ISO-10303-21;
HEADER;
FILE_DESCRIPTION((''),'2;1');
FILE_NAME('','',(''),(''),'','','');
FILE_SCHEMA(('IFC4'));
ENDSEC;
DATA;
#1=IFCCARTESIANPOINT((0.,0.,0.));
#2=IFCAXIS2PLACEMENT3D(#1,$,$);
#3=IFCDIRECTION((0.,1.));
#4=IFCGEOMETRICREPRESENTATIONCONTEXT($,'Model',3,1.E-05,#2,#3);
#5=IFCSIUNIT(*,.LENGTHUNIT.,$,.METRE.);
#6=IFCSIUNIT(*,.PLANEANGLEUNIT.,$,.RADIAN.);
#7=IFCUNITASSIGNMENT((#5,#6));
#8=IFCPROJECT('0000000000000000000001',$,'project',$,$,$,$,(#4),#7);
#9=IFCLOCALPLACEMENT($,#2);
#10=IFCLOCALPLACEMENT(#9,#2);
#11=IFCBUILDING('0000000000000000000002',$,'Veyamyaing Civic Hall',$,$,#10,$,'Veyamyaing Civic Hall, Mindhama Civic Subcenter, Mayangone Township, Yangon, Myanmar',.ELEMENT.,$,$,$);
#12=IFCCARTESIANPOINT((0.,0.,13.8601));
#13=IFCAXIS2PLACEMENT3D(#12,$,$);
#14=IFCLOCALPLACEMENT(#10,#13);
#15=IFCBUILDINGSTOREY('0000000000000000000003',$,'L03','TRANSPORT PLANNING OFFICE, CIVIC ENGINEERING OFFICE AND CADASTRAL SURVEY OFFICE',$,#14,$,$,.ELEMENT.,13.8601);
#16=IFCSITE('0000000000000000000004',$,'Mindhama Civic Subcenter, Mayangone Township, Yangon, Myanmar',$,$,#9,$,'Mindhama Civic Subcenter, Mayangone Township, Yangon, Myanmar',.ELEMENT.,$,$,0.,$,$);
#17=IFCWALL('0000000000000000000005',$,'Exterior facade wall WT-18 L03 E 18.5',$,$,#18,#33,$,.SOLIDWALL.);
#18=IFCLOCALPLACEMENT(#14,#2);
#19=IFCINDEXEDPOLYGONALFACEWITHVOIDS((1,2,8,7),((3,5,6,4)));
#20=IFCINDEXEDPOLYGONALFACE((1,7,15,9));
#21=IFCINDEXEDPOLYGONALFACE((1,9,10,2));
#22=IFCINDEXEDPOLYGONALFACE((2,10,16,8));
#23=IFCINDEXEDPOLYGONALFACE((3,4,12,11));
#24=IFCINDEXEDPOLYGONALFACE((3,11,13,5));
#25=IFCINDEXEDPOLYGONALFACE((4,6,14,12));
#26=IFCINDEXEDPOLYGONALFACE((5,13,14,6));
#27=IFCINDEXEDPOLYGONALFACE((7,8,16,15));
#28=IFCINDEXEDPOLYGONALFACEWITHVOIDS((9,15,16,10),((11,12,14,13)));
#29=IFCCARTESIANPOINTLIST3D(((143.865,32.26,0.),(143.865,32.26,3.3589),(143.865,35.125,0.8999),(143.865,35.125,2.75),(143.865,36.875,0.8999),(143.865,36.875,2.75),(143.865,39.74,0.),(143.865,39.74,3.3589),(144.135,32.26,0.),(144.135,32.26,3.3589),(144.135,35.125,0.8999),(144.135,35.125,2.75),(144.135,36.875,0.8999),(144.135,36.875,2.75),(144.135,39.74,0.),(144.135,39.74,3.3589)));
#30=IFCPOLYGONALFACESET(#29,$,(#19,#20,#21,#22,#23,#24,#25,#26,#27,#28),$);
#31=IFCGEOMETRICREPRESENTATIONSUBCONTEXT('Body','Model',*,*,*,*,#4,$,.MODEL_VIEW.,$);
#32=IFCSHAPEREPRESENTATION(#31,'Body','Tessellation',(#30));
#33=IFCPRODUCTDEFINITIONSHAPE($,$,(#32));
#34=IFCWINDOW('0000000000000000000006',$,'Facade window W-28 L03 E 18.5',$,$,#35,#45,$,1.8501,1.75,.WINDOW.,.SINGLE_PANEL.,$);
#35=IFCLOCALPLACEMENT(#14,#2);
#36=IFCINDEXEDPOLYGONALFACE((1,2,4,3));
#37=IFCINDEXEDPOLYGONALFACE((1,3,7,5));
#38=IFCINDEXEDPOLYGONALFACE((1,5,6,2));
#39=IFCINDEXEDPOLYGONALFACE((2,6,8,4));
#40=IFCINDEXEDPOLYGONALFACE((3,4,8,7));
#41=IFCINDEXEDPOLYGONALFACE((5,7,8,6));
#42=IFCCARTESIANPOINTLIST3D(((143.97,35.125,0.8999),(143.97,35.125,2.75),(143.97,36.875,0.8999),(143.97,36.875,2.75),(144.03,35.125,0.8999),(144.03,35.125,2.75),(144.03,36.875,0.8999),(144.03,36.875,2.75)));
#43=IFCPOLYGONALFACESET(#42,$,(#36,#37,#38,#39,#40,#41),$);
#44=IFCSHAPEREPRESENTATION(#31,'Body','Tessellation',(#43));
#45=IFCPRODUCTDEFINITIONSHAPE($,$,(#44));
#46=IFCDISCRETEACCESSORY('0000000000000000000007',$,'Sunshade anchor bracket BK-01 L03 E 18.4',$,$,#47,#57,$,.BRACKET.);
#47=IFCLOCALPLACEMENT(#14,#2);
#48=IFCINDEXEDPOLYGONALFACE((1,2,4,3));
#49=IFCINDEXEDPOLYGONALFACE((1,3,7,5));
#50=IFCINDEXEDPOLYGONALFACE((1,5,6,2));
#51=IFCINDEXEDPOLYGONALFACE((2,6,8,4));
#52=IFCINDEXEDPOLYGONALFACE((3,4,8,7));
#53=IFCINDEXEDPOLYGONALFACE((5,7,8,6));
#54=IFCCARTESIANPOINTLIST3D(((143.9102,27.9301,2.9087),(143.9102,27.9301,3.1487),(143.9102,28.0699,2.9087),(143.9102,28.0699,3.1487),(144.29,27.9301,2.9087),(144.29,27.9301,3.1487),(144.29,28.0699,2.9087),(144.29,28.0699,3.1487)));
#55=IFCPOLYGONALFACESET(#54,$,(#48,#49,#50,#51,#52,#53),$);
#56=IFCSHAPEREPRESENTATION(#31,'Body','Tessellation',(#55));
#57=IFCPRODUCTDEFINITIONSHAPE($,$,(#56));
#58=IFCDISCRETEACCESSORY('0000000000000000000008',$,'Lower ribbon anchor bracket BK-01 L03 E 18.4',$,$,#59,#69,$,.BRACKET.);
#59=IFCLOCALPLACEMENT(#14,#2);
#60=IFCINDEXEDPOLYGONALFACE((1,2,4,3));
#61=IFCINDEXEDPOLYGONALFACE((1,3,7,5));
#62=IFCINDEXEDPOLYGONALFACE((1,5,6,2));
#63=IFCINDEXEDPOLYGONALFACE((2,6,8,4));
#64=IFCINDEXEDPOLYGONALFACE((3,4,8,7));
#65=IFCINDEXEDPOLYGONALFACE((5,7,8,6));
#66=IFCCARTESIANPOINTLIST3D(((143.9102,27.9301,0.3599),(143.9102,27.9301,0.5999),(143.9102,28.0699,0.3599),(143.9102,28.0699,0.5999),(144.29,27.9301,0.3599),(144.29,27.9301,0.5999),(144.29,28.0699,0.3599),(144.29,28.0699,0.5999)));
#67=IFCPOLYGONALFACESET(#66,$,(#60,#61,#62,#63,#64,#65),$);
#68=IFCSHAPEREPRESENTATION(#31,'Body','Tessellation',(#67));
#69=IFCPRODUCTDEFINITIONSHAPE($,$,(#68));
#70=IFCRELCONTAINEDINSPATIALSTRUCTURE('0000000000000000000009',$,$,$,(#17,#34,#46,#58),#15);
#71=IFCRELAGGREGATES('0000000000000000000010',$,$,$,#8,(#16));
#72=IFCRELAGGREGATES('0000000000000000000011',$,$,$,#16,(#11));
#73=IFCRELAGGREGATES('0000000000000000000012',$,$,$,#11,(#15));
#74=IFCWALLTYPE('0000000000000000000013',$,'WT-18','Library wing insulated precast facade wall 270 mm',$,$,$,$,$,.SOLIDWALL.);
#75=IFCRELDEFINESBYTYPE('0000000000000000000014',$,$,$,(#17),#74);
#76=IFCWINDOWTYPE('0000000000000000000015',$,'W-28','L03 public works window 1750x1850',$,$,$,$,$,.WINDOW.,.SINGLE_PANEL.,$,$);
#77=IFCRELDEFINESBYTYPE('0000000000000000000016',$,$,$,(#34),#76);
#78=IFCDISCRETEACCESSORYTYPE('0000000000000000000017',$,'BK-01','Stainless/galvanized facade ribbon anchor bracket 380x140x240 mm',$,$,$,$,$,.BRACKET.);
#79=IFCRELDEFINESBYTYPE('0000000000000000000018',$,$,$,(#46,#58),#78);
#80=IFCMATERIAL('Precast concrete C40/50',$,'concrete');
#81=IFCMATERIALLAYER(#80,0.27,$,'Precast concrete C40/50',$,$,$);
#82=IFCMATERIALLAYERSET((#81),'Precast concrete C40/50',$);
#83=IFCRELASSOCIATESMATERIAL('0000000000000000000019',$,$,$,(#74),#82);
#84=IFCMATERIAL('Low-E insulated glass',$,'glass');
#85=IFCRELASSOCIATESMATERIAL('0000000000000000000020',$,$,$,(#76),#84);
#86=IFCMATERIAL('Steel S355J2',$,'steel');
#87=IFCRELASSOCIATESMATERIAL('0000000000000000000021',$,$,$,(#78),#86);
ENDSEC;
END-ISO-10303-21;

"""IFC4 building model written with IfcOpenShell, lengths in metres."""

from ifc_helpers import new_model, si_unit, direction, frame, frame_2d, origin, origin_2d, place, context, subcontext, project, spatial, rectangle, extrude, material, layer, layer_set, type_object, element, fill, save


model = new_model("IFC4")

# Units and contexts
model_context = context("Model", 3, precision=1e-05, world=origin(), true_north=direction((0.0, 1.0)))
body_context = subcontext(model_context, "Body", "Model", "MODEL_VIEW")
ifc_project = project(units=[si_unit("LENGTHUNIT", "METRE"), si_unit("PLANEANGLEUNIT", "RADIAN")], contexts=[model_context])

# Site, building, storey
site_placement = place(None, origin())
site = spatial("IfcSite", under=ifc_project, at=site_placement, Name="Mindhama Civic Subcenter, Mayangone Township, Yangon, Myanmar", LongName="Mindhama Civic Subcenter, Mayangone Township, Yangon, Myanmar", CompositionType="ELEMENT", RefElevation=0.0)
building_placement = place(site_placement, origin())
building = spatial("IfcBuilding", under=site, at=building_placement, Name="Veyamyaing Civic Hall", LongName="Veyamyaing Civic Hall, Mindhama Civic Subcenter, Mayangone Township, Yangon, Myanmar", CompositionType="ELEMENT")
storey_placement = place(building_placement, frame((0.0, 0.0, 13.8601)))
storey = spatial("IfcBuildingStorey", under=building, at=storey_placement, Name="L03", Description="TRANSPORT PLANNING OFFICE, CIVIC ENGINEERING OFFICE AND CADASTRAL SURVEY OFFICE", CompositionType="ELEMENT", Elevation=13.8601)

# Shared definitions
ifc_material_1 = material(Name="Low-E insulated glass", Category="glass")

# Wall, opening, window
ifc_material_2 = material(Name="Precast concrete C40/50", Category="concrete")
ifc_layer_1 = layer(ifc_material_2, 0.27, Name="Precast concrete C40/50")
ifc_layer_set_1 = layer_set([ifc_layer_1], Name="Precast concrete C40/50")
wall_type_1 = type_object("IfcWallType", Name="WT-18", Description="Library wing insulated precast facade wall 270 mm", PredefinedType="SOLIDWALL", material=ifc_layer_set_1)
wall_1_placement = place(storey_placement, frame((144.0, 32.26, 0.0), z_axis=(0.0, 0.0, 1.0), x_axis=(0.0, 1.0, 0.0)))
wall_1 = element("IfcWall", 1, at=wall_1_placement, inside=storey, type_object=wall_type_1, Name="Exterior facade wall WT-18 L03 E 18.5", PredefinedType="SOLIDWALL", context=body_context, shape_type="SweptSolid", body=[
    extrude(rectangle(XDim=7.48, YDim=0.27, at=frame_2d((3.74, 0.0))), origin(), (0.0, 0.0, 1.0), 3.3589),
])
opening_1_placement = place(wall_1_placement, frame((2.865, 0.0, 0.8999)))
opening_1 = element("IfcOpeningElement", 2, at=opening_1_placement, cuts=wall_1, PredefinedType="OPENING", context=body_context, shape_type="SweptSolid", body=[
    extrude(rectangle(XDim=1.75, YDim=1.8501, at=frame_2d((0.875, 0.925))), frame((0.0, 0.145, 0.0), z_axis=(0.0, -1.0, 0.0), x_axis=(1.0, 0.0, 0.0)), (0.0, 0.0, 1.0), 0.29),
])
window_type = type_object("IfcWindowType", Name="W-28", Description="L03 public works window 1750x1850", PartitioningType="SINGLE_PANEL", PredefinedType="WINDOW", material=ifc_material_1)
window_placement = place(opening_1_placement, origin())
window = element("IfcWindow", 3, at=window_placement, inside=storey, type_object=window_type, Name="Facade window W-28 L03 E 18.5", OverallHeight=1.8501, OverallWidth=1.75, PartitioningType="SINGLE_PANEL", PredefinedType="WINDOW", context=body_context, shape_type="SweptSolid", body=[
    extrude(rectangle(XDim=1.75, YDim=1.8501, at=frame_2d((0.875, 0.925))), frame((0.0, 0.03, 0.0), z_axis=(0.0, -1.0, 0.0), x_axis=(1.0, 0.0, 0.0)), (0.0, 0.0, 1.0), 0.0601),
])
fill(opening_1, window)

# Discrete accessories
ifc_material_3 = material(Name="Steel S355J2", Category="steel")
discrete_accessory_type = type_object("IfcDiscreteAccessoryType", Name="BK-01", Description="Stainless/galvanized facade ribbon anchor bracket 380x140x240 mm", PredefinedType="BRACKET", material=ifc_material_3)
for number, where, z_axis, x_axis, name in (
    (4, (144.1001, 28.0, 2.9087), (0.0, 0.0, 1.0), (1.0, 0.0, 0.0), "Sunshade anchor bracket BK-01 L03 E 18.4"),
    (5, (144.1001, 28.0, 0.3599), (0.0, 0.0, 1.0), (1.0, 0.0, 0.0), "Lower ribbon anchor bracket BK-01 L03 E 18.4"),
):
    element("IfcDiscreteAccessory", number, at=place(storey_placement, frame(where, z_axis=z_axis, x_axis=x_axis)), inside=storey, type_object=discrete_accessory_type, Name=name, PredefinedType="BRACKET", context=body_context, shape_type="SweptSolid", body=[
        extrude(rectangle(XDim=0.3799, YDim=0.1399, at=origin_2d()), origin(), (0.0, 0.0, 1.0), 0.24),
    ])

save(model, "model.ifc")
